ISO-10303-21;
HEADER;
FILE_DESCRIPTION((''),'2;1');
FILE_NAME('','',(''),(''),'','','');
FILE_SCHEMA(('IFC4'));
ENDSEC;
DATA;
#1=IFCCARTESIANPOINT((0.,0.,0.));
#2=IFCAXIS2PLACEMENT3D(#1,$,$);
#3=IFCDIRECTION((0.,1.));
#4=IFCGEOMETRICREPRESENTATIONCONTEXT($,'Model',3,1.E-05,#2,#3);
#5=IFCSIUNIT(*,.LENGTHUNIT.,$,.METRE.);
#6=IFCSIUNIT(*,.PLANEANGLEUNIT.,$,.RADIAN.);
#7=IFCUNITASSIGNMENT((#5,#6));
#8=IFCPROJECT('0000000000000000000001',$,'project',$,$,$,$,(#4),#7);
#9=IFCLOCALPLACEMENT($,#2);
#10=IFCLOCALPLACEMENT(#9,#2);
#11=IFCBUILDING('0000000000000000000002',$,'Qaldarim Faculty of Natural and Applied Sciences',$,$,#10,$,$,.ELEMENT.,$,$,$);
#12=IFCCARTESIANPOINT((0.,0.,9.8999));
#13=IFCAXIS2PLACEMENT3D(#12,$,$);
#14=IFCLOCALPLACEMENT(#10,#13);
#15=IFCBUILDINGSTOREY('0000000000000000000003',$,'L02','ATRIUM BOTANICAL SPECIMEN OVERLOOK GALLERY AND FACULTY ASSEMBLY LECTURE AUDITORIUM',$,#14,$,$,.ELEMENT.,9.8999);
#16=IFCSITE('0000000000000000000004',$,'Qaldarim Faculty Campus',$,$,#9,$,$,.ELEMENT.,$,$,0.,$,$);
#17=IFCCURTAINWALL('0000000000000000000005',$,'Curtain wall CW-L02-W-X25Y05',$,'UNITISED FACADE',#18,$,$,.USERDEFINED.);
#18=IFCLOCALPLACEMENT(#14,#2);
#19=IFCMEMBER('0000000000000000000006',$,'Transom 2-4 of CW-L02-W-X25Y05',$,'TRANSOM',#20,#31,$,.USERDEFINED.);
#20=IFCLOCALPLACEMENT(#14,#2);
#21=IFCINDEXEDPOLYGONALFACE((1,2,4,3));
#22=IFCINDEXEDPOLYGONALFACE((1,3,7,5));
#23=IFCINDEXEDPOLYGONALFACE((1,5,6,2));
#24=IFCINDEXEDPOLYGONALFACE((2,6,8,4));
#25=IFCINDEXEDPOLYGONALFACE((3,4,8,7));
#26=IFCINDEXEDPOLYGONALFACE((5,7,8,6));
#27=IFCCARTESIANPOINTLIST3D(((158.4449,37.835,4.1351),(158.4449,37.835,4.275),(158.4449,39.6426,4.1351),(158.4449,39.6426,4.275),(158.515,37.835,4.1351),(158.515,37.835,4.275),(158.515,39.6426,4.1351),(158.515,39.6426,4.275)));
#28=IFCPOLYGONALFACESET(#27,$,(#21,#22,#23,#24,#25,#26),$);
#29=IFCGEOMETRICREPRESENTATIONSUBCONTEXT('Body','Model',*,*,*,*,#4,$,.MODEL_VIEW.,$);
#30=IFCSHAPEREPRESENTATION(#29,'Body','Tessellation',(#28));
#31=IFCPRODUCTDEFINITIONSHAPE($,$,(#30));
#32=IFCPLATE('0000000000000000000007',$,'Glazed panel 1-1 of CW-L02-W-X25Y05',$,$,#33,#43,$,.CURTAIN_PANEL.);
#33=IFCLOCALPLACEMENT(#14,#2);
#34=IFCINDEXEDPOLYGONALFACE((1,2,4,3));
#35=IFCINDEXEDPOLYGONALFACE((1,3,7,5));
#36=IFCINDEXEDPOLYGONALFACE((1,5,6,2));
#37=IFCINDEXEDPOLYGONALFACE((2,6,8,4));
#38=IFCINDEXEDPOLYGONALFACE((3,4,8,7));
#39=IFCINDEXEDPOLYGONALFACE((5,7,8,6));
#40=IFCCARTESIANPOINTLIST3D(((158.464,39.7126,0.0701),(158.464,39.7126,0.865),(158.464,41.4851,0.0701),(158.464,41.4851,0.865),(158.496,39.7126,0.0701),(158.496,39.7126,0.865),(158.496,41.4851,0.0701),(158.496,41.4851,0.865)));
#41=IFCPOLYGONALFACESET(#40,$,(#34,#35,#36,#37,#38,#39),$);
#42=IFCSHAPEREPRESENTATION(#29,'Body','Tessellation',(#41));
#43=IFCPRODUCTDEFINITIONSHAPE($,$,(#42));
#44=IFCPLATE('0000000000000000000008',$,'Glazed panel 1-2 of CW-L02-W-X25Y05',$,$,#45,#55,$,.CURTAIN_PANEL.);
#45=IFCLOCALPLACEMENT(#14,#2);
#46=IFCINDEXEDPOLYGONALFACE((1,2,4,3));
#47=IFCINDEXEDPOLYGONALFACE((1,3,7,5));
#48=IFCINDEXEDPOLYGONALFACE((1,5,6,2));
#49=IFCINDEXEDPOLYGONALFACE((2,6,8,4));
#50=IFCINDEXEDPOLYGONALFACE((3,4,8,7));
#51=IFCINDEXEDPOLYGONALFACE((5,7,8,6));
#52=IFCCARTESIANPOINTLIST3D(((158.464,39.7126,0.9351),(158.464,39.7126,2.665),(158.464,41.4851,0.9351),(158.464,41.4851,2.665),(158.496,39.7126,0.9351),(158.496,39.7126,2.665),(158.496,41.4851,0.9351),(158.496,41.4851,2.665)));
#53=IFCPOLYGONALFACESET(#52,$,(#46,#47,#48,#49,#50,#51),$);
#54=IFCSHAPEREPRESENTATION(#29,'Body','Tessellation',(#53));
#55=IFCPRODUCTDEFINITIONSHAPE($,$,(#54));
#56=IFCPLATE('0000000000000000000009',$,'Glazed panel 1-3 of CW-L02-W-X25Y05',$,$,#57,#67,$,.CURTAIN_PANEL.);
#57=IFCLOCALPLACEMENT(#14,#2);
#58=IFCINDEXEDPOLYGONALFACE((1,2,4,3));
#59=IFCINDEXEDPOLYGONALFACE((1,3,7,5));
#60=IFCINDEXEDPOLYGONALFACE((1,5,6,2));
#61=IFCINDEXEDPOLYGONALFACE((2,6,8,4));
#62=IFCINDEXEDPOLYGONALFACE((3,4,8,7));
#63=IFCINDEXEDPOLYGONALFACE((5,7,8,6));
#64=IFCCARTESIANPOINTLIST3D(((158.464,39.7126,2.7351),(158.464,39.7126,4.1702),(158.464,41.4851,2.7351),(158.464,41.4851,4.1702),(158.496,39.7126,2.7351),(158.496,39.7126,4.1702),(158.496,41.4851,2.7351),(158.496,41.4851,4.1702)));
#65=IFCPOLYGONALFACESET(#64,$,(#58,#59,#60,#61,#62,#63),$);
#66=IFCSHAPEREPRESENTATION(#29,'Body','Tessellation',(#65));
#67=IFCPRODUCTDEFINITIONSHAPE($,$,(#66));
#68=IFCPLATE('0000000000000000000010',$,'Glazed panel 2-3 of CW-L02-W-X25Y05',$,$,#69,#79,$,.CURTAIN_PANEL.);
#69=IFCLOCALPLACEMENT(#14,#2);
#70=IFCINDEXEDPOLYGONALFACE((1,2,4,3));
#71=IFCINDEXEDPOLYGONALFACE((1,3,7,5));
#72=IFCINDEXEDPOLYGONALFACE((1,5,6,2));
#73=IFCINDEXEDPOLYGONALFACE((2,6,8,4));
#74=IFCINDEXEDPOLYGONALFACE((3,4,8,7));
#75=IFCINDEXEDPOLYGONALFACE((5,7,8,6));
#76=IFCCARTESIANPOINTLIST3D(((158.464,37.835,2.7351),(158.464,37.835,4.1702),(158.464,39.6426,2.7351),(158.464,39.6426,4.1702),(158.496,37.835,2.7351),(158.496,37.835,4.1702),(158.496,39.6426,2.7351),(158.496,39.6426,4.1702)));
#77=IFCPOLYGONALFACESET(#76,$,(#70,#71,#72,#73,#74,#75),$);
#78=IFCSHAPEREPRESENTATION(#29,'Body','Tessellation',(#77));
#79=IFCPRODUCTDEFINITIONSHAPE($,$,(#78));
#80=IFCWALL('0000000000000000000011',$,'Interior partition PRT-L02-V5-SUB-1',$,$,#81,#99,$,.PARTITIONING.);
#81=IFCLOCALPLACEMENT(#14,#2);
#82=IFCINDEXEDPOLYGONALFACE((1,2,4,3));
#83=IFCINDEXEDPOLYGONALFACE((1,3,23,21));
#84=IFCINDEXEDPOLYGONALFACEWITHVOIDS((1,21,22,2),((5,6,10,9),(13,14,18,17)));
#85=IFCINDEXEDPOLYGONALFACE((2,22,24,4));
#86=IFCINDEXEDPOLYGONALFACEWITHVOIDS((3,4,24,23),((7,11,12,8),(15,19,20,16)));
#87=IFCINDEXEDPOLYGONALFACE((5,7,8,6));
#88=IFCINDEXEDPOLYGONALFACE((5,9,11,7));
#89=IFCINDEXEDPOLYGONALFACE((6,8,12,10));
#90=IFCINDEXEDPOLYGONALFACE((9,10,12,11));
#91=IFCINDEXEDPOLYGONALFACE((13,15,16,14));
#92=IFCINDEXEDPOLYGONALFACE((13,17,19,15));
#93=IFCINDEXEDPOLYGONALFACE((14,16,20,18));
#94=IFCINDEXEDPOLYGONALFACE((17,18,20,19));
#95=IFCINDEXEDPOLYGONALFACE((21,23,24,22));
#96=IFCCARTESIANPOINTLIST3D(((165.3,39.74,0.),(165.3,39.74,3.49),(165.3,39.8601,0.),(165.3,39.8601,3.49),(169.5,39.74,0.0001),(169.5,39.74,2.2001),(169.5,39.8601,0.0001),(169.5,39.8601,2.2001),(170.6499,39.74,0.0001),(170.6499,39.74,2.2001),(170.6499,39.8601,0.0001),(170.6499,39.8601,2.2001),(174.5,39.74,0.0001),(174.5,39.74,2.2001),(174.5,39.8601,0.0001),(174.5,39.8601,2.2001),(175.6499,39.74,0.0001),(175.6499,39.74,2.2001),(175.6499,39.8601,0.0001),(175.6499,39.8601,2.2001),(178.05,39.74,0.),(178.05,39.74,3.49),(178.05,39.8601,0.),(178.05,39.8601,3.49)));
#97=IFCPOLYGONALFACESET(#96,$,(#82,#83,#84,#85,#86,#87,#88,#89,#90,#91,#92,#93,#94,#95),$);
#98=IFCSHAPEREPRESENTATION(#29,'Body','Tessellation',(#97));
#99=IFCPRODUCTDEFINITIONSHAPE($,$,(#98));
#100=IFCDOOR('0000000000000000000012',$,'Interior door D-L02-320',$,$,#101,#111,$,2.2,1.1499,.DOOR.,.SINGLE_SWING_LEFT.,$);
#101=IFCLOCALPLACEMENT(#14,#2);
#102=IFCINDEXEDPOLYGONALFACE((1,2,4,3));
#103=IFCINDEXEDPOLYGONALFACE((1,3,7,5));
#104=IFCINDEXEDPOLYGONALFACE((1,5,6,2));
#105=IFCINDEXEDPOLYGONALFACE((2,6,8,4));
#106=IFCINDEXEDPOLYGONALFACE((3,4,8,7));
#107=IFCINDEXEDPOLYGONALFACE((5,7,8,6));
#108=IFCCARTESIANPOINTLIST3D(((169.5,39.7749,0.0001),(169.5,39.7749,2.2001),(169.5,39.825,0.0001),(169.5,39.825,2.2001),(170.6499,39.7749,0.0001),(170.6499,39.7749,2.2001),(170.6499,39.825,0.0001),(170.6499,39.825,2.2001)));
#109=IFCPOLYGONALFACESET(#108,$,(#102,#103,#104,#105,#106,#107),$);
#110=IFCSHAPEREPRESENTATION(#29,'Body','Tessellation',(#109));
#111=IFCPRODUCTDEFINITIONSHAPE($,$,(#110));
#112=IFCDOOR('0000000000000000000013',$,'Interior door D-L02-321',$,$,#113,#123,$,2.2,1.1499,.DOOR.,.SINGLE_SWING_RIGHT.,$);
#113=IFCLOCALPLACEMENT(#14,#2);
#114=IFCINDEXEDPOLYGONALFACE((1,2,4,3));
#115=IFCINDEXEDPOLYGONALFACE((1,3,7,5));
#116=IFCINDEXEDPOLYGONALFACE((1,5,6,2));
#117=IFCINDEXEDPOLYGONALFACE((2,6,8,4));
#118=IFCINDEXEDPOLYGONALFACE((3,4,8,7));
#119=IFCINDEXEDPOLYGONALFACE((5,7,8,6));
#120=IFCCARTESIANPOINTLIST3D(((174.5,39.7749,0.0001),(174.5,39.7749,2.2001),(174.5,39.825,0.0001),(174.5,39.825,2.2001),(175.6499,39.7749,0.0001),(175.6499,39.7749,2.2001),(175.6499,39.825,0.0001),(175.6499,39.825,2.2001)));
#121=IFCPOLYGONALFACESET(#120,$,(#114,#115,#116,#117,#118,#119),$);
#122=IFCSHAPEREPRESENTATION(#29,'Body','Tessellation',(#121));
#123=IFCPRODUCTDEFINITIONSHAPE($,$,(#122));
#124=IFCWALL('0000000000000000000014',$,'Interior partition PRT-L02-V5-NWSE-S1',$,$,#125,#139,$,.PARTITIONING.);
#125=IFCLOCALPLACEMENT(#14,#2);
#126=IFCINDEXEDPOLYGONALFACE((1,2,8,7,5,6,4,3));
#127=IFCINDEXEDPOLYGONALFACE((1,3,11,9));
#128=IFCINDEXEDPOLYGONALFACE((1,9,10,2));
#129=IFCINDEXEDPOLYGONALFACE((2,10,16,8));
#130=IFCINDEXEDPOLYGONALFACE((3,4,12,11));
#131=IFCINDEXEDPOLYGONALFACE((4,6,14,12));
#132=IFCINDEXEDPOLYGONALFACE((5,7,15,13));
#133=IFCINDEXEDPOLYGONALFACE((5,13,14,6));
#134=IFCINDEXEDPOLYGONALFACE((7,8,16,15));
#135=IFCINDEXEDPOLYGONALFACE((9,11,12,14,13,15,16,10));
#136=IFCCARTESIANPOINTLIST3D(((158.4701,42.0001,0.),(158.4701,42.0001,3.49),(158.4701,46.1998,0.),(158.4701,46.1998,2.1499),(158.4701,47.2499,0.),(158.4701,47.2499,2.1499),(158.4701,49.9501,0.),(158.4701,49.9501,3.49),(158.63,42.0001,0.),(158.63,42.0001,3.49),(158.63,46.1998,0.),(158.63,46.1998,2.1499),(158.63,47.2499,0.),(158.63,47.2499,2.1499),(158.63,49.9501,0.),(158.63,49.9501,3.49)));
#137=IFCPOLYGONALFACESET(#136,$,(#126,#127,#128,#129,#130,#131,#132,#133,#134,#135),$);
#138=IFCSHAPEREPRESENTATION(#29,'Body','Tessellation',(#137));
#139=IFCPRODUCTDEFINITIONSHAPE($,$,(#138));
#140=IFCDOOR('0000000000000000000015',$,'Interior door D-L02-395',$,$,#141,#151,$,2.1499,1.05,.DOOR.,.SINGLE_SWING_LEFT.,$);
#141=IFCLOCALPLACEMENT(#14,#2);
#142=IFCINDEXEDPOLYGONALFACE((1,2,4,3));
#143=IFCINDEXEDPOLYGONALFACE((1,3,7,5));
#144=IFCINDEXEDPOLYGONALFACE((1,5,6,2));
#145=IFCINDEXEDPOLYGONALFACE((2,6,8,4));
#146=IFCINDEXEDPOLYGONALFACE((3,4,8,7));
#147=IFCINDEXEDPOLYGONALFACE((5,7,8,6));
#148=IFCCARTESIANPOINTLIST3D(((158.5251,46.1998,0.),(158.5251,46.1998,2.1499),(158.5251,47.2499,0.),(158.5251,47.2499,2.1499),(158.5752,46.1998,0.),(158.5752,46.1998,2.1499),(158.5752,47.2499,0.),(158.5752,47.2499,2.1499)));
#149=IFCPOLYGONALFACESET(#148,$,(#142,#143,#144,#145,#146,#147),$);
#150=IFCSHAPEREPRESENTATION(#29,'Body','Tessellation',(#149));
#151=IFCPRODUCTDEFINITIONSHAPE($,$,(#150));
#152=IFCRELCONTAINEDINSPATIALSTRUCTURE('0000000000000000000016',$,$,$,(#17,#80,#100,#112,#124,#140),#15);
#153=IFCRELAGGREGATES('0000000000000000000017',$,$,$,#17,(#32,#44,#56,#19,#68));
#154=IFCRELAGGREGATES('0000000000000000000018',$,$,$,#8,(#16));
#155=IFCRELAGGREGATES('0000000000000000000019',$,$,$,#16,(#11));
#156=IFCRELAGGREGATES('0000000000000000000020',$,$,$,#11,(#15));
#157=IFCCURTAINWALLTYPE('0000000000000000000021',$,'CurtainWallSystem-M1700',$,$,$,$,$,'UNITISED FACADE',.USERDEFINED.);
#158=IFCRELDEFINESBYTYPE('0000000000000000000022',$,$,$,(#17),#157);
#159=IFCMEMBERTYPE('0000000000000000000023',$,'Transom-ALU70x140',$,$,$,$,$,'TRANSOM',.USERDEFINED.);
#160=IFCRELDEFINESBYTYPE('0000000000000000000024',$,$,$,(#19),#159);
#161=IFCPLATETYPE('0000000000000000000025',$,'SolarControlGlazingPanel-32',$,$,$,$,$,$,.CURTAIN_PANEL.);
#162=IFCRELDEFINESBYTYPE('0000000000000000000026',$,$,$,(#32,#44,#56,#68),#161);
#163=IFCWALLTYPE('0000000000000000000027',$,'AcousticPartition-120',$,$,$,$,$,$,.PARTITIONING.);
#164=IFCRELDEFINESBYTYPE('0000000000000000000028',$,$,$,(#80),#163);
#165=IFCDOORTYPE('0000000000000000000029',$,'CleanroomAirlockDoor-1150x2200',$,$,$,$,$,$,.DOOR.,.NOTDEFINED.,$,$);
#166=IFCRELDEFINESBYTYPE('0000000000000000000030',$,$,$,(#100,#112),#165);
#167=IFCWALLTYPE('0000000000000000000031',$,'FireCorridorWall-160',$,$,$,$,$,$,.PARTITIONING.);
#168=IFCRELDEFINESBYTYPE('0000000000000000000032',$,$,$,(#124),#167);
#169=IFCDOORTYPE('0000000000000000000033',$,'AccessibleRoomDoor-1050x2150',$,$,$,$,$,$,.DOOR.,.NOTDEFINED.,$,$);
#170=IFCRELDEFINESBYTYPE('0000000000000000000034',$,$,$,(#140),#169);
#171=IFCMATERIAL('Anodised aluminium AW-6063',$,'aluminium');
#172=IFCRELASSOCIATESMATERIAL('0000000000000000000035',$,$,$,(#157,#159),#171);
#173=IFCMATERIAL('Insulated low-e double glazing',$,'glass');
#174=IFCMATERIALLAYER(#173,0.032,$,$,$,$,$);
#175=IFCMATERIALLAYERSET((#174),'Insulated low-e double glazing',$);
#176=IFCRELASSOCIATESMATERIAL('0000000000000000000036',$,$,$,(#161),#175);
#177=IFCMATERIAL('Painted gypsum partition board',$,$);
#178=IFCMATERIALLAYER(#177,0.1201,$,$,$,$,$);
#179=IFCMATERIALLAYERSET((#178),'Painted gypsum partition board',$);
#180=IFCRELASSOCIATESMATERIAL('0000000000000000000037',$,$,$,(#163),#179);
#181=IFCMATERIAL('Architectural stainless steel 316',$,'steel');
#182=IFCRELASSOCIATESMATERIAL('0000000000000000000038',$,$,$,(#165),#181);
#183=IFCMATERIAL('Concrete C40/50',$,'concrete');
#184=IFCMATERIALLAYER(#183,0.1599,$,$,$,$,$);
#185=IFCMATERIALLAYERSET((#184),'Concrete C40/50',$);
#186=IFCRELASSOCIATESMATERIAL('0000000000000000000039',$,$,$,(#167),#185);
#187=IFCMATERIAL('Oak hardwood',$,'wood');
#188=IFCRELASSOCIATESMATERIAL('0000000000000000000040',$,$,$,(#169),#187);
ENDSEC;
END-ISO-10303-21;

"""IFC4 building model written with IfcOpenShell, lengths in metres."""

from ifc_helpers import new_model, si_unit, direction, frame, frame_2d, origin, origin_2d, place, context, subcontext, project, spatial, rectangle, extrude, material, layer, layer_set, material_profile, profile_set, type_object, element, fill, aggregate, save


model = new_model("IFC4")

# Units and contexts
model_context = context("Model", 3, precision=1e-05, world=origin(), true_north=direction((0.0, 1.0)))
body_context = subcontext(model_context, "Body", "Model", "MODEL_VIEW")
ifc_project = project(units=[si_unit("LENGTHUNIT", "METRE"), si_unit("PLANEANGLEUNIT", "RADIAN")], contexts=[model_context])

# Site, building, storey
site_placement = place(None, origin())
site = spatial("IfcSite", under=ifc_project, at=site_placement, Name="Qaldarim Faculty Campus", CompositionType="ELEMENT", RefElevation=0.0)
building_placement = place(site_placement, origin())
building = spatial("IfcBuilding", under=site, at=building_placement, Name="Qaldarim Faculty of Natural and Applied Sciences", CompositionType="ELEMENT")
storey_placement = place(building_placement, frame((0.0, 0.0, 9.8999)))
storey = spatial("IfcBuildingStorey", under=building, at=storey_placement, Name="L02", Description="ATRIUM BOTANICAL SPECIMEN OVERLOOK GALLERY AND FACULTY ASSEMBLY LECTURE AUDITORIUM", CompositionType="ELEMENT", Elevation=9.8999)

# Shared definitions
ifc_material_1 = material(Name="Concrete C40/50", Category="concrete")

# Curtain wall
ifc_material_2 = material(Name="Anodised aluminium AW-6063", Category="aluminium")
curtain_wall_type = type_object("IfcCurtainWallType", Name="CurtainWallSystem-M1700", ElementType="UNITISED FACADE", PredefinedType="USERDEFINED", material=ifc_material_2)
curtain_wall_placement = place(storey_placement, origin())
curtain_wall = element("IfcCurtainWall", 1, at=curtain_wall_placement, inside=storey, type_object=curtain_wall_type, Name="Curtain wall CW-L02-W-X25Y05", ObjectType="UNITISED FACADE", PredefinedType="USERDEFINED")

# Member
ifc_material_profile_1 = material_profile(ifc_material_2, rectangle(XDim=0.0701, YDim=0.1399, at=origin_2d()), Name="ALU-T70x140")
ifc_profile_set_1 = profile_set([ifc_material_profile_1], Name="Anodised aluminium AW-6063")
member_type_1 = type_object("IfcMemberType", Name="Transom-ALU70x140", ElementType="TRANSOM", PredefinedType="USERDEFINED", material=ifc_profile_set_1)
member_1_placement = place(storey_placement, frame((158.48, 39.6426, 4.2051), z_axis=(0.0, -1.0, 0.0), x_axis=(1.0, 0.0, 0.0)))
member_1 = element("IfcMember", 2, at=member_1_placement, type_object=member_type_1, Name="Transom 2-4 of CW-L02-W-X25Y05", ObjectType="TRANSOM", PredefinedType="USERDEFINED", context=body_context, shape_type="SweptSolid", body=[
    extrude(rectangle(XDim=0.0701, YDim=0.1399, at=origin_2d()), origin(), (0.0, 0.0, 1.0), 1.8076),
])

# Plates
ifc_material_3 = material(Name="Insulated low-e double glazing", Category="glass")
ifc_layer_1 = layer(ifc_material_3, 0.032)
ifc_layer_set_1 = layer_set([ifc_layer_1], Name="Insulated low-e double glazing")
plate_type = type_object("IfcPlateType", Name="SolarControlGlazingPanel-32", PredefinedType="CURTAIN_PANEL", material=ifc_layer_set_1)
plate_1_placement = place(storey_placement, frame((158.48, 40.5989, 0.0701), z_axis=(0.0, 0.0, 1.0), x_axis=(0.0, -1.0, 0.0)))
plate_1 = element("IfcPlate", 3, at=plate_1_placement, type_object=plate_type, Name="Glazed panel 1-1 of CW-L02-W-X25Y05", PredefinedType="CURTAIN_PANEL", context=body_context, shape_type="SweptSolid", body=[
    extrude(rectangle(XDim=1.7725, YDim=0.032, at=origin_2d()), origin(), (0.0, 0.0, 1.0), 0.7949),
])
plate_2_placement = place(storey_placement, frame((158.48, 40.5989, 0.9351), z_axis=(0.0, 0.0, 1.0), x_axis=(0.0, -1.0, 0.0)))
plate_2 = element("IfcPlate", 4, at=plate_2_placement, type_object=plate_type, Name="Glazed panel 1-2 of CW-L02-W-X25Y05", PredefinedType="CURTAIN_PANEL", context=body_context, shape_type="SweptSolid", body=[
    extrude(rectangle(XDim=1.7725, YDim=0.032, at=origin_2d()), origin(), (0.0, 0.0, 1.0), 1.73),
])
plate_3_placement = place(storey_placement, frame((158.48, 40.5989, 2.7351), z_axis=(0.0, 0.0, 1.0), x_axis=(0.0, -1.0, 0.0)))
plate_3 = element("IfcPlate", 5, at=plate_3_placement, type_object=plate_type, Name="Glazed panel 1-3 of CW-L02-W-X25Y05", PredefinedType="CURTAIN_PANEL", context=body_context, shape_type="SweptSolid", body=[
    extrude(rectangle(XDim=1.7725, YDim=0.032, at=origin_2d()), origin(), (0.0, 0.0, 1.0), 1.4351),
])
plate_4_placement = place(storey_placement, frame((158.48, 38.7388, 2.7351), z_axis=(0.0, 0.0, 1.0), x_axis=(0.0, -1.0, 0.0)))
plate_4 = element("IfcPlate", 6, at=plate_4_placement, type_object=plate_type, Name="Glazed panel 2-3 of CW-L02-W-X25Y05", PredefinedType="CURTAIN_PANEL", context=body_context, shape_type="SweptSolid", body=[
    extrude(rectangle(XDim=1.8076, YDim=0.032, at=origin_2d()), origin(), (0.0, 0.0, 1.0), 1.4351),
])
aggregate(curtain_wall, [plate_1, plate_2, plate_3, member_1, plate_4])

# Wall, openings, doors
ifc_material_4 = material(Name="Painted gypsum partition board")
ifc_layer_2 = layer(ifc_material_4, 0.1201)
ifc_layer_set_2 = layer_set([ifc_layer_2], Name="Painted gypsum partition board")
wall_type_1 = type_object("IfcWallType", Name="AcousticPartition-120", PredefinedType="PARTITIONING", material=ifc_layer_set_2)
wall_1_placement = place(storey_placement, frame((165.3, 39.8, 0.0), z_axis=(0.0, 0.0, 1.0), x_axis=(1.0, 0.0, 0.0)))
wall_1 = element("IfcWall", 7, at=wall_1_placement, inside=storey, type_object=wall_type_1, Name="Interior partition PRT-L02-V5-SUB-1", PredefinedType="PARTITIONING", context=body_context, shape_type="SweptSolid", body=[
    extrude(rectangle(XDim=12.75, YDim=0.1201, at=frame_2d((6.375, 0.0))), origin(), (0.0, 0.0, 1.0), 3.49),
])
opening_1_placement = place(wall_1_placement, frame((4.2, 0.0, 0.0)))
opening_1 = element("IfcOpeningElement", 8, at=opening_1_placement, cuts=wall_1, PredefinedType="OPENING", context=body_context, shape_type="SweptSolid", body=[
    extrude(rectangle(XDim=1.1499, YDim=2.2, at=frame_2d((0.575, 1.1001))), frame((0.0, 0.0701, 0.0), z_axis=(0.0, -1.0, 0.0), x_axis=(1.0, 0.0, 0.0)), (0.0, 0.0, 1.0), 0.1401),
])
opening_2_placement = place(wall_1_placement, frame((9.2, 0.0, 0.0)))
opening_2 = element("IfcOpeningElement", 9, at=opening_2_placement, cuts=wall_1, PredefinedType="OPENING", context=body_context, shape_type="SweptSolid", body=[
    extrude(rectangle(XDim=1.1499, YDim=2.2, at=frame_2d((0.575, 1.1001))), frame((0.0, 0.0701, 0.0), z_axis=(0.0, -1.0, 0.0), x_axis=(1.0, 0.0, 0.0)), (0.0, 0.0, 1.0), 0.1401),
])
ifc_material_5 = material(Name="Architectural stainless steel 316", Category="steel")
door_type_1 = type_object("IfcDoorType", Name="CleanroomAirlockDoor-1150x2200", OperationType="NOTDEFINED", PredefinedType="DOOR", material=ifc_material_5)
door_1_placement = place(opening_1_placement, origin())
door_1 = element("IfcDoor", 10, at=door_1_placement, inside=storey, type_object=door_type_1, Name="Interior door D-L02-320", OperationType="SINGLE_SWING_LEFT", OverallHeight=2.2, OverallWidth=1.1499, PredefinedType="DOOR", context=body_context, shape_type="SweptSolid", body=[
    extrude(rectangle(XDim=1.1499, YDim=2.2, at=frame_2d((0.575, 1.1001))), frame((0.0, 0.0249, 0.0), z_axis=(0.0, -1.0, 0.0), x_axis=(1.0, 0.0, 0.0)), (0.0, 0.0, 1.0), 0.05),
])
fill(opening_1, door_1)
door_2_placement = place(opening_2_placement, origin())
door_2 = element("IfcDoor", 11, at=door_2_placement, inside=storey, type_object=door_type_1, Name="Interior door D-L02-321", OperationType="SINGLE_SWING_RIGHT", OverallHeight=2.2, OverallWidth=1.1499, PredefinedType="DOOR", context=body_context, shape_type="SweptSolid", body=[
    extrude(rectangle(XDim=1.1499, YDim=2.2, at=frame_2d((0.575, 1.1001))), frame((0.0, 0.0249, 0.0), z_axis=(0.0, -1.0, 0.0), x_axis=(1.0, 0.0, 0.0)), (0.0, 0.0, 1.0), 0.05),
])
fill(opening_2, door_2)

# Wall, opening, door
ifc_layer_3 = layer(ifc_material_1, 0.1599)
ifc_layer_set_3 = layer_set([ifc_layer_3], Name="Concrete C40/50")
wall_type_2 = type_object("IfcWallType", Name="FireCorridorWall-160", PredefinedType="PARTITIONING", material=ifc_layer_set_3)
wall_2_placement = place(storey_placement, frame((158.55, 42.0, 0.0), z_axis=(0.0, 0.0, 1.0), x_axis=(0.0, 1.0, 0.0)))
wall_2 = element("IfcWall", 12, at=wall_2_placement, inside=storey, type_object=wall_type_2, Name="Interior partition PRT-L02-V5-NWSE-S1", PredefinedType="PARTITIONING", context=body_context, shape_type="SweptSolid", body=[
    extrude(rectangle(XDim=7.95, YDim=0.1599, at=frame_2d((3.9751, 0.0))), origin(), (0.0, 0.0, 1.0), 3.49),
])
opening_3_placement = place(wall_2_placement, frame((4.2, 0.0, 0.0)))
opening_3 = element("IfcOpeningElement", 13, at=opening_3_placement, cuts=wall_2, PredefinedType="OPENING", context=body_context, shape_type="SweptSolid", body=[
    extrude(rectangle(XDim=1.05, YDim=2.1499, at=frame_2d((0.5249, 1.075))), frame((0.0, 0.0898, 0.0), z_axis=(0.0, -1.0, 0.0), x_axis=(1.0, 0.0, 0.0)), (0.0, 0.0, 1.0), 0.1799),
])
ifc_material_6 = material(Name="Oak hardwood", Category="wood")
door_type_2 = type_object("IfcDoorType", Name="AccessibleRoomDoor-1050x2150", OperationType="NOTDEFINED", PredefinedType="DOOR", material=ifc_material_6)
door_3_placement = place(opening_3_placement, origin())
door_3 = element("IfcDoor", 14, at=door_3_placement, inside=storey, type_object=door_type_2, Name="Interior door D-L02-395", OperationType="SINGLE_SWING_LEFT", OverallHeight=2.1499, OverallWidth=1.05, PredefinedType="DOOR", context=body_context, shape_type="SweptSolid", body=[
    extrude(rectangle(XDim=1.05, YDim=2.1499, at=frame_2d((0.5249, 1.075))), frame((0.0, 0.0249, 0.0), z_axis=(0.0, -1.0, 0.0), x_axis=(1.0, 0.0, 0.0)), (0.0, 0.0, 1.0), 0.05),
])
fill(opening_3, door_3)

save(model, "model.ifc")
